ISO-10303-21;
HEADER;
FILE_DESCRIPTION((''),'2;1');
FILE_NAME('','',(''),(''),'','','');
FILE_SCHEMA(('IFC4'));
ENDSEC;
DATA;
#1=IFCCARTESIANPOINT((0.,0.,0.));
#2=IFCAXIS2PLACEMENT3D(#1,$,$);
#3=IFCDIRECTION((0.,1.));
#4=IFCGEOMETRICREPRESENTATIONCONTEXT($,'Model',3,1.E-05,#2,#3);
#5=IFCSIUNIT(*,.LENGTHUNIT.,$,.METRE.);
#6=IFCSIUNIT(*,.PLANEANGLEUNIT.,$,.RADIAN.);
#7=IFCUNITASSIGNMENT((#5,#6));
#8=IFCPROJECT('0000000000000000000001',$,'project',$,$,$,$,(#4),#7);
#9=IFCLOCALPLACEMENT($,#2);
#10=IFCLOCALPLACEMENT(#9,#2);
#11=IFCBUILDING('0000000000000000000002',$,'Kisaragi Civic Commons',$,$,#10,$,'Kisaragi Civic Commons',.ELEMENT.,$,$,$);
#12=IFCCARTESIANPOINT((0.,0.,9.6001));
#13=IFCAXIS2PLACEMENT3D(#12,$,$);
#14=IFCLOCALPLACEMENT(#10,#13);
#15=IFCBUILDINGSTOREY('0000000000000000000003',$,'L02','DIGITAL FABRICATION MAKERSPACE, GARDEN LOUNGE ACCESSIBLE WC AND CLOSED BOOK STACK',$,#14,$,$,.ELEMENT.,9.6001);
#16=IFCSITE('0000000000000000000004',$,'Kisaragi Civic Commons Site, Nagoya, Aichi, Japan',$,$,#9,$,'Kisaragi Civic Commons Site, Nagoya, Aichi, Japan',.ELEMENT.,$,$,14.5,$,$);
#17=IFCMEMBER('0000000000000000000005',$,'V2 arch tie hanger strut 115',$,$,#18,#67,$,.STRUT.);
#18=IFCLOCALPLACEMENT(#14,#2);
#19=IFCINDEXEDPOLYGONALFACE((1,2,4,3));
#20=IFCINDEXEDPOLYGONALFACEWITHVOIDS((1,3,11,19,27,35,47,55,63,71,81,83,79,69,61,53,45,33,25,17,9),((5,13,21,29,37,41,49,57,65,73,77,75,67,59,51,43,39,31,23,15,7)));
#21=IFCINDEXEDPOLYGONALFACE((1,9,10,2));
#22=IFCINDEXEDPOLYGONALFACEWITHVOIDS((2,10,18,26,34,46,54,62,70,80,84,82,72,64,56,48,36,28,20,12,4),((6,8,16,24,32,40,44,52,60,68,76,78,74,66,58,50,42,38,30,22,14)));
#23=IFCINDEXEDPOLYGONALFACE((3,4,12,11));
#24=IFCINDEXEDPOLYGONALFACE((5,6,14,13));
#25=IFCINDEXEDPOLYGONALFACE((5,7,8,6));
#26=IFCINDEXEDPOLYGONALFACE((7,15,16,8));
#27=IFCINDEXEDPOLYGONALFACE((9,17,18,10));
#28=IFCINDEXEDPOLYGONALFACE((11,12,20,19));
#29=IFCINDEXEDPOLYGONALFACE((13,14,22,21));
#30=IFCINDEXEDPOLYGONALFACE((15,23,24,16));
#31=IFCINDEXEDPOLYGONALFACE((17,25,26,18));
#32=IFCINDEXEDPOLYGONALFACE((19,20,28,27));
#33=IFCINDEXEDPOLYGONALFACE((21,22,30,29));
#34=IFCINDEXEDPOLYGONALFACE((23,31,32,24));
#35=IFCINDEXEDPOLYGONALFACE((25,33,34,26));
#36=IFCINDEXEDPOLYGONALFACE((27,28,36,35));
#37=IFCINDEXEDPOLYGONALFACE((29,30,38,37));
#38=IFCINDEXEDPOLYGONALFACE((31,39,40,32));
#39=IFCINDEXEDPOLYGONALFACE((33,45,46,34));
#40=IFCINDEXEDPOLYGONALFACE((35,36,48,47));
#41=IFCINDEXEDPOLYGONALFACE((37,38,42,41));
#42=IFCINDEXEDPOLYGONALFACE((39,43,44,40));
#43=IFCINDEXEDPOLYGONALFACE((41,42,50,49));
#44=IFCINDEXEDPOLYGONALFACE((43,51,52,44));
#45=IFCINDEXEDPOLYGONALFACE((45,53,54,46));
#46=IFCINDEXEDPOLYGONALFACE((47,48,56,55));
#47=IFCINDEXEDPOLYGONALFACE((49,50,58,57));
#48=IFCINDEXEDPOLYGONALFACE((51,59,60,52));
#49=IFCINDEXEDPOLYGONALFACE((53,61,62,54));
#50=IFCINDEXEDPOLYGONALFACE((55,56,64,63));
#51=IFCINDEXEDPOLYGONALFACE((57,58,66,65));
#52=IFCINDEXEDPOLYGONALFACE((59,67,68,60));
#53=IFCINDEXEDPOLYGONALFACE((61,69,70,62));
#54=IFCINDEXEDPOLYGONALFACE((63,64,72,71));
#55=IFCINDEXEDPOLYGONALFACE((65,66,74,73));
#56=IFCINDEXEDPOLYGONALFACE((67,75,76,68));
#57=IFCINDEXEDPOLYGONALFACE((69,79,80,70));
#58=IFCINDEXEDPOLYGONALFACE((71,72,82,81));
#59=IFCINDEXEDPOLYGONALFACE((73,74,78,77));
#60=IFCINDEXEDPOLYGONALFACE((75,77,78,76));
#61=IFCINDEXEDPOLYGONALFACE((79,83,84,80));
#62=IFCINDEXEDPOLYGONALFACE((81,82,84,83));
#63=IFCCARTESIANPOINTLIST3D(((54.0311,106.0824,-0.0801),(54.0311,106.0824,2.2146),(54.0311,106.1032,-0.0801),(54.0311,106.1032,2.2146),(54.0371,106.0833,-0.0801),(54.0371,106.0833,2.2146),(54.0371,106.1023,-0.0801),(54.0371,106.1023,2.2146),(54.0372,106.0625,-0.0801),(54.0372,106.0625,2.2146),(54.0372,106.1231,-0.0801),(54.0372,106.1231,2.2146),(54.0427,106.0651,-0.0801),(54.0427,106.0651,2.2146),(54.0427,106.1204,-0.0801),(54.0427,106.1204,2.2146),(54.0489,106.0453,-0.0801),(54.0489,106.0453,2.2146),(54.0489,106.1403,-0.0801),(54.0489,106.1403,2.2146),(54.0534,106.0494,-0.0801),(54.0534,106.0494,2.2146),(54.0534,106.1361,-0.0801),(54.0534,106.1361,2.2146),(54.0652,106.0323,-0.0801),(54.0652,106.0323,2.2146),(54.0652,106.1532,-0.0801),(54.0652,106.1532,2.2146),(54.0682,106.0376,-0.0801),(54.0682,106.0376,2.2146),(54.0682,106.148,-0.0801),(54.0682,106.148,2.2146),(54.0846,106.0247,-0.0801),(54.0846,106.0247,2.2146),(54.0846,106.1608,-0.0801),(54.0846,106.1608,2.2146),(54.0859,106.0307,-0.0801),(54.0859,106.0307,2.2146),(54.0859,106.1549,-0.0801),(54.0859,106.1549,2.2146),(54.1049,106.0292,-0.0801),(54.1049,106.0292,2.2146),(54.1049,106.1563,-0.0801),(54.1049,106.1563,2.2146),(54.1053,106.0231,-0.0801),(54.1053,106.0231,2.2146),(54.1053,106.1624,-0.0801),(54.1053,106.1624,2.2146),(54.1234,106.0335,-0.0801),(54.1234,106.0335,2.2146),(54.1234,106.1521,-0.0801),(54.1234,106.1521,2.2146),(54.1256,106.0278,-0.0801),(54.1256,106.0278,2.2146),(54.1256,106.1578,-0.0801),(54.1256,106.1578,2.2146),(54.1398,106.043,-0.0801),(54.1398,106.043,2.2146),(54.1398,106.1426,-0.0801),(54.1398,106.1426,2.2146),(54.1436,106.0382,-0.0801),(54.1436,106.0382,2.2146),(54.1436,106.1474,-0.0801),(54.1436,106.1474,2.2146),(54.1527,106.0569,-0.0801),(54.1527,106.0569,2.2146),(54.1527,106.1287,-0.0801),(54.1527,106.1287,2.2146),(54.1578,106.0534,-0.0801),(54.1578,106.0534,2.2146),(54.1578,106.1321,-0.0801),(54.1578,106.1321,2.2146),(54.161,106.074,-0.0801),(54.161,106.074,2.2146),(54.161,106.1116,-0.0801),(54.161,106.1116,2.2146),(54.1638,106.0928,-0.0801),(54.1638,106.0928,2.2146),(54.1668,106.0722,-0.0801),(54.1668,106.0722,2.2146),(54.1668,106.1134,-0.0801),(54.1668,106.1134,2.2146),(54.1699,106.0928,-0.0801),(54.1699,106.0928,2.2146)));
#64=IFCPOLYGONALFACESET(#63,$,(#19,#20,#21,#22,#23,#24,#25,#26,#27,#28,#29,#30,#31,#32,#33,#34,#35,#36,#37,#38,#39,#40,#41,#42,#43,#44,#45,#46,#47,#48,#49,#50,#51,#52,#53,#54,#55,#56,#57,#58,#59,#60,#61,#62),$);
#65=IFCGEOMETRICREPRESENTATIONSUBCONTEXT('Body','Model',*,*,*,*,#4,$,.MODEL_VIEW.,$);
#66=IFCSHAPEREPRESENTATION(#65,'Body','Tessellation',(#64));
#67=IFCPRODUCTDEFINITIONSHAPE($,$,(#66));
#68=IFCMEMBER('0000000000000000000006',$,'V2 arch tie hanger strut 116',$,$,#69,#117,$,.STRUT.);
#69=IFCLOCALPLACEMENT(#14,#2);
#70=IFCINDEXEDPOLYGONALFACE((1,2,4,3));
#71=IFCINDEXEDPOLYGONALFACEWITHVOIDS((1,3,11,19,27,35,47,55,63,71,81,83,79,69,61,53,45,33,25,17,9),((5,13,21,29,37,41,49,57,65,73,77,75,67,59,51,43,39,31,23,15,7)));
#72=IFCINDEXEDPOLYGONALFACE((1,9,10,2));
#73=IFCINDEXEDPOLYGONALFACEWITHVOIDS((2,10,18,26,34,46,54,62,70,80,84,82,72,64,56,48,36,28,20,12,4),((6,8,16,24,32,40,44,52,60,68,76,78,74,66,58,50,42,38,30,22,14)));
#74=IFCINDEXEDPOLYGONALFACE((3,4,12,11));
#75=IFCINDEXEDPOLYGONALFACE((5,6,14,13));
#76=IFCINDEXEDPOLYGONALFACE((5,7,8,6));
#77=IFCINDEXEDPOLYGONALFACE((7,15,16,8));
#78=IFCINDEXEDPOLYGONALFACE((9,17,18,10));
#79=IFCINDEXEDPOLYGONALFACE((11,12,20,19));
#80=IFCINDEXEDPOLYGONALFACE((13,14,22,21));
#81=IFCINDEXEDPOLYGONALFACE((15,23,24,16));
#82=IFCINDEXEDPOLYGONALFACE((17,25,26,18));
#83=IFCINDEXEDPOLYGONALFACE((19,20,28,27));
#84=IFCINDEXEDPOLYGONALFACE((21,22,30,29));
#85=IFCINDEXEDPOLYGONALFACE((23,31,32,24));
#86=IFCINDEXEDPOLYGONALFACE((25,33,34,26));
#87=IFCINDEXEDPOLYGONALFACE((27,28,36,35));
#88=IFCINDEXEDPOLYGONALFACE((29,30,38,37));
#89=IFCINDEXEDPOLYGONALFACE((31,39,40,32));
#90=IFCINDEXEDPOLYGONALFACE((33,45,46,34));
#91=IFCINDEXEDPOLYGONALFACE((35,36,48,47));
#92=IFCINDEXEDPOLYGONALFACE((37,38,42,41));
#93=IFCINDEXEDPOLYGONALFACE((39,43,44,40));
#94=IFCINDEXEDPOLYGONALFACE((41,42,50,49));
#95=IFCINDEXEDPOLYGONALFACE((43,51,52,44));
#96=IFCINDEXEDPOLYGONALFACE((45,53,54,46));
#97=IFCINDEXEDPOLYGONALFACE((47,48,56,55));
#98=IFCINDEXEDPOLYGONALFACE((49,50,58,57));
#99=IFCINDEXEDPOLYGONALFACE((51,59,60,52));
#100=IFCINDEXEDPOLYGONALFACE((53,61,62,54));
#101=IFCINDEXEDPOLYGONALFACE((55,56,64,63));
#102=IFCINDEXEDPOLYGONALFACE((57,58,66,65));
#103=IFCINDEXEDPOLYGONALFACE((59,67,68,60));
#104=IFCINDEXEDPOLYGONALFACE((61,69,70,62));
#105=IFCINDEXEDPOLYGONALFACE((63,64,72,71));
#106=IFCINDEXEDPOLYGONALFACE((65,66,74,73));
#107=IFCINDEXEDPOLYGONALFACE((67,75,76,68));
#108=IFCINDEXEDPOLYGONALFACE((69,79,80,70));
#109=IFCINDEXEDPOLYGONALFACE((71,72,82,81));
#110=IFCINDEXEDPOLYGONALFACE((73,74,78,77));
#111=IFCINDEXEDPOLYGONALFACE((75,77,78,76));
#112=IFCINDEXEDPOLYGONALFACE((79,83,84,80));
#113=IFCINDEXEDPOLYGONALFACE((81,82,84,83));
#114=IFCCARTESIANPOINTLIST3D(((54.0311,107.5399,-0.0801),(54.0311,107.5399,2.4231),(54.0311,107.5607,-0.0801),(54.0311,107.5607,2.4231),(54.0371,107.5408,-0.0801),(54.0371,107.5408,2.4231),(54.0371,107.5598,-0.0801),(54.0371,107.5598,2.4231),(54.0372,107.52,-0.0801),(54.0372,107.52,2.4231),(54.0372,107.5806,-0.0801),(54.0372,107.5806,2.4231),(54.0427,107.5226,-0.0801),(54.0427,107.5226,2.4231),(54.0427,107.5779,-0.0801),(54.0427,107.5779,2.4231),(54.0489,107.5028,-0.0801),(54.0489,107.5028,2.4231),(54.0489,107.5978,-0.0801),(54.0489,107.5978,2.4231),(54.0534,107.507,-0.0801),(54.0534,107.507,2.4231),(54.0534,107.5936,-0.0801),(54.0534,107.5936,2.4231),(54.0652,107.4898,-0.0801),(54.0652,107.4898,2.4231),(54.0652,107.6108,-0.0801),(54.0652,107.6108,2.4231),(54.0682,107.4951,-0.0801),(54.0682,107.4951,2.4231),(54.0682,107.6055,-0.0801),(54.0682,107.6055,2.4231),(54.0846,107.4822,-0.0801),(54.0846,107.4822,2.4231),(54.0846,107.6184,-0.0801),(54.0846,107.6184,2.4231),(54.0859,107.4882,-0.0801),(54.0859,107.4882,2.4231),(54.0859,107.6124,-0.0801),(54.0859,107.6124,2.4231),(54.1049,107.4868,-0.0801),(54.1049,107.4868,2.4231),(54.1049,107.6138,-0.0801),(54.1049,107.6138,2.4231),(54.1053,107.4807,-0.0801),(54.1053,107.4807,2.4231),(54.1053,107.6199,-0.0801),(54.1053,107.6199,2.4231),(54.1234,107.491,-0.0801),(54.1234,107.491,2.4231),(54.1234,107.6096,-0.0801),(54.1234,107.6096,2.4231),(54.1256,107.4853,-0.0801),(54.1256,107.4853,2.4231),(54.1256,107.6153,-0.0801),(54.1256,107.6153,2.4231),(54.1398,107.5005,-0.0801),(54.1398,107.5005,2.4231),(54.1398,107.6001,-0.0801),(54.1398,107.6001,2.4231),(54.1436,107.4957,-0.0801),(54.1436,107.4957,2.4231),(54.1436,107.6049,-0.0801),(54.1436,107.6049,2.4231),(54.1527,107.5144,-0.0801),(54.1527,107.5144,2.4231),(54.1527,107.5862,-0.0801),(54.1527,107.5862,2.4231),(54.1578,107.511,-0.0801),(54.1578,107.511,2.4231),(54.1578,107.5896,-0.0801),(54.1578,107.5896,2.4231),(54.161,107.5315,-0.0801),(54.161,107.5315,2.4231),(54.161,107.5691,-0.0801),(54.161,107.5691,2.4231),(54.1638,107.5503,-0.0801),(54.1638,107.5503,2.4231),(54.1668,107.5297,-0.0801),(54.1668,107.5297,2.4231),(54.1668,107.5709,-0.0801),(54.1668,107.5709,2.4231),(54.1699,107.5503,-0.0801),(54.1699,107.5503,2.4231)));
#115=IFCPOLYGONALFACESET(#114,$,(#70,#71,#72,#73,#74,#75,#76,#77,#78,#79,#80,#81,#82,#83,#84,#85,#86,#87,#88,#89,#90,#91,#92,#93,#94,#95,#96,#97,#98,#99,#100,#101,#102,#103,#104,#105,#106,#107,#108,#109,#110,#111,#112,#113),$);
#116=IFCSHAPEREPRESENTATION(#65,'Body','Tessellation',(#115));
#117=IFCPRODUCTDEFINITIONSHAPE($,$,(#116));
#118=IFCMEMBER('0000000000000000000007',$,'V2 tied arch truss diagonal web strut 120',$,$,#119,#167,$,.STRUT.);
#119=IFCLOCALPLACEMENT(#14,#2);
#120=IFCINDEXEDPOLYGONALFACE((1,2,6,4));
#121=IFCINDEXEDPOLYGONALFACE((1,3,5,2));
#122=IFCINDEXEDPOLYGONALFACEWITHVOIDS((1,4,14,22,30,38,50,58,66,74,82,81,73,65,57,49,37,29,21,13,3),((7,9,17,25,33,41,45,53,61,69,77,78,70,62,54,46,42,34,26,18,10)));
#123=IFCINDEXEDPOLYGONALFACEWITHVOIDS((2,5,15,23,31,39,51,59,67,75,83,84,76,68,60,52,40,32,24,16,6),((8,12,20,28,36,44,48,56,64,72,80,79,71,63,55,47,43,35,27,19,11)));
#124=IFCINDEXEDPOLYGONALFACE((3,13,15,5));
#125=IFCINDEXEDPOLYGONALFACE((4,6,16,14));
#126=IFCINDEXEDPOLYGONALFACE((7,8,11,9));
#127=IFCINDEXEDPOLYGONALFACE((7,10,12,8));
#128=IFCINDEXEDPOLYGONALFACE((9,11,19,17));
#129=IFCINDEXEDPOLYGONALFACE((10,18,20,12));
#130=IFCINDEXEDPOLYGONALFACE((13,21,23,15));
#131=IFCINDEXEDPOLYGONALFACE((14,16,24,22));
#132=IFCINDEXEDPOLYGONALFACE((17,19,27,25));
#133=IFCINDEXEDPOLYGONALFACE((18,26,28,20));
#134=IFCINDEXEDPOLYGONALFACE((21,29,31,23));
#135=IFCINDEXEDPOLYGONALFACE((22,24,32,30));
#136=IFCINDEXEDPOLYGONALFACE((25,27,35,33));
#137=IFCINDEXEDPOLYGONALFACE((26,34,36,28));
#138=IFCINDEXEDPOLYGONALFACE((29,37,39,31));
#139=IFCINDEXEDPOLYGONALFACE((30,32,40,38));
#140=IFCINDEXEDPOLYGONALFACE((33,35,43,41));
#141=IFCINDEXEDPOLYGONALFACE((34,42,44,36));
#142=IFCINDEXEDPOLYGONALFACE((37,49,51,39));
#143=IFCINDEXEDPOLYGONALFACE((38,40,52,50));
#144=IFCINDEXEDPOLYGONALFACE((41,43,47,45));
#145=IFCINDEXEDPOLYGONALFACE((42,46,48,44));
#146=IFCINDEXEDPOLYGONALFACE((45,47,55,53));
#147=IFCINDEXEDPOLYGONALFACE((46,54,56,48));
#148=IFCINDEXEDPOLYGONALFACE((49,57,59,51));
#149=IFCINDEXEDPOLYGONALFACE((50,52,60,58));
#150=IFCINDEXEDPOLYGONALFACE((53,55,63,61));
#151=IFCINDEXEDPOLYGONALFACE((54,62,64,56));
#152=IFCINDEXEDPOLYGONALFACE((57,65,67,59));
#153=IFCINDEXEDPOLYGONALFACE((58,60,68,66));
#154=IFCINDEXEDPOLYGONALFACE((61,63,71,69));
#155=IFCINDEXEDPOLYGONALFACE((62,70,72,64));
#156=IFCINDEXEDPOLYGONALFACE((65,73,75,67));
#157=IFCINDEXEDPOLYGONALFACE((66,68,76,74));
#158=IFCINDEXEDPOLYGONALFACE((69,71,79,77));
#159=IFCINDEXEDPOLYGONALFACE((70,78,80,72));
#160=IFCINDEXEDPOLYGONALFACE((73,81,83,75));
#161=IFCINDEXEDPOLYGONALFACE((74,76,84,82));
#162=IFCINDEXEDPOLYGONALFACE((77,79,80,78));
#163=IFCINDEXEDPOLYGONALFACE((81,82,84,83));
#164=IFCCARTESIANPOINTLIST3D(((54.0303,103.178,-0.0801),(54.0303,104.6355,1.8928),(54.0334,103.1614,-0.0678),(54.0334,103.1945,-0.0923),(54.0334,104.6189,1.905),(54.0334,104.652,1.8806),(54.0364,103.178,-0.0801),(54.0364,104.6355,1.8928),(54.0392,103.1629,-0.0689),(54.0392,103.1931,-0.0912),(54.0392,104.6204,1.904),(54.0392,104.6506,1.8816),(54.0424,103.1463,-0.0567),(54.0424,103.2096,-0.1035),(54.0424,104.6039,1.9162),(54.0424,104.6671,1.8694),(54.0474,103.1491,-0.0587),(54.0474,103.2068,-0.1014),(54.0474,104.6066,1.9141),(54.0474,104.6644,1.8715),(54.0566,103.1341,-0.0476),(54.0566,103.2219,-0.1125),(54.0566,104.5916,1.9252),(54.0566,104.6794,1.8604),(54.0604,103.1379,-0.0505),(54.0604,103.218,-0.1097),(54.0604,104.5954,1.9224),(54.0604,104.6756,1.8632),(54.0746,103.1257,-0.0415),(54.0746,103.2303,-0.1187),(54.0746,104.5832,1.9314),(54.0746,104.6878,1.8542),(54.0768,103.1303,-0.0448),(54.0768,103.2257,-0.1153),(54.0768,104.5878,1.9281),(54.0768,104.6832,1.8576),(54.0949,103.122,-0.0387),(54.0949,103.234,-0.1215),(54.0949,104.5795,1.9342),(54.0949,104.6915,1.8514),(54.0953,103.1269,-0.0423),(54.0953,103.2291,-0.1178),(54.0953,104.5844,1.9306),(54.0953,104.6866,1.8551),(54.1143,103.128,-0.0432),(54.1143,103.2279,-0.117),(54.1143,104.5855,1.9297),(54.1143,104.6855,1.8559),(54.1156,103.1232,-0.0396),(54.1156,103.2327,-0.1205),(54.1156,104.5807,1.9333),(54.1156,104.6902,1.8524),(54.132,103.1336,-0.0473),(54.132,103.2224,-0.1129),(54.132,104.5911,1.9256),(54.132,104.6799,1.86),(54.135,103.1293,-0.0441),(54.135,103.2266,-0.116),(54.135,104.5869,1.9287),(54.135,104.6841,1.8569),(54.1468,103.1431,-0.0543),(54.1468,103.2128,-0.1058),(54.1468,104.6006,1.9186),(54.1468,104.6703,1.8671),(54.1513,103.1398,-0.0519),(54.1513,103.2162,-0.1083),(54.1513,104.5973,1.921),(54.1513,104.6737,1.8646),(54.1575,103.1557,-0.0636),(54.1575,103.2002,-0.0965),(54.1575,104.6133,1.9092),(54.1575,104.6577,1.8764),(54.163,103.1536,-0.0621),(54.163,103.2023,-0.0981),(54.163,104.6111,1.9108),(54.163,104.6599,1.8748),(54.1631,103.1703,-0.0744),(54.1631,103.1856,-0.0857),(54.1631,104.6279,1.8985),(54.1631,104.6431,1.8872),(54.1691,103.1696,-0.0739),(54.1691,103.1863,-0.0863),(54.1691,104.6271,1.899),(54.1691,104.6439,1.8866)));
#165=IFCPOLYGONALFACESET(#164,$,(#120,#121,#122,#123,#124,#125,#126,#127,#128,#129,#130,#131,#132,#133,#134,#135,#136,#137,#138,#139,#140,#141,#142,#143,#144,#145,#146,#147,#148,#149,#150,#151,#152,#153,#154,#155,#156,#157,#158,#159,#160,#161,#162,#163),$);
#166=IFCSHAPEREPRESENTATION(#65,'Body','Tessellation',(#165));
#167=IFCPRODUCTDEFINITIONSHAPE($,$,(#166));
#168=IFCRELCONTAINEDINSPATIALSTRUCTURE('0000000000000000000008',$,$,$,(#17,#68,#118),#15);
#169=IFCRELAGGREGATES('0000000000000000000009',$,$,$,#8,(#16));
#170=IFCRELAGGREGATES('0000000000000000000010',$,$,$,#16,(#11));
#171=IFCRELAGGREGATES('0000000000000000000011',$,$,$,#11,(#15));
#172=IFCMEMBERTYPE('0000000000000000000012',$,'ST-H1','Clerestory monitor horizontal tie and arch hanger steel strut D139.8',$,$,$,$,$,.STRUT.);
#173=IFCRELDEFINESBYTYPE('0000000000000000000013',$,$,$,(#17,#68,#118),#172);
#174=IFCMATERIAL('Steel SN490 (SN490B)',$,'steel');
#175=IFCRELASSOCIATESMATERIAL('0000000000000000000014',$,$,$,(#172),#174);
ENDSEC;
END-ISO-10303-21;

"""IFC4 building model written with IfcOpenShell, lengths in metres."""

from ifc_helpers import new_model, si_unit, direction, frame, origin, origin_2d, place, context, subcontext, project, spatial, hollow_circle, extrude, material, material_profile, profile_set, type_object, element, save


model = new_model("IFC4")

# Units and contexts
model_context = context("Model", 3, precision=1e-05, world=origin(), true_north=direction((0.0, 1.0)))
body_context = subcontext(model_context, "Body", "Model", "MODEL_VIEW")
ifc_project = project(units=[si_unit("LENGTHUNIT", "METRE"), si_unit("PLANEANGLEUNIT", "RADIAN")], contexts=[model_context])

# Site, building, storey
site_placement = place(None, origin())
site = spatial("IfcSite", under=ifc_project, at=site_placement, Name="Kisaragi Civic Commons Site, Nagoya, Aichi, Japan", LongName="Kisaragi Civic Commons Site, Nagoya, Aichi, Japan", CompositionType="ELEMENT", RefElevation=14.5)
building_placement = place(site_placement, origin())
building = spatial("IfcBuilding", under=site, at=building_placement, Name="Kisaragi Civic Commons", LongName="Kisaragi Civic Commons", CompositionType="ELEMENT")
storey_placement = place(building_placement, frame((0.0, 0.0, 9.6001)))
storey = spatial("IfcBuildingStorey", under=building, at=storey_placement, Name="L02", Description="DIGITAL FABRICATION MAKERSPACE, GARDEN LOUNGE ACCESSIBLE WC AND CLOSED BOOK STACK", CompositionType="ELEMENT", Elevation=9.6001)

# Members
ifc_material_1 = material(Name="Steel SN490 (SN490B)", Category="steel")
ifc_material_profile_1 = material_profile(ifc_material_1, hollow_circle(Radius=0.0698, WallThickness=0.0061, at=origin_2d()), Name="CHS-139.8x6.0", Category="steel")
ifc_profile_set_1 = profile_set([ifc_material_profile_1], Name="Steel SN490 (SN490B)")
member_type_1 = type_object("IfcMemberType", Name="ST-H1", Description="Clerestory monitor horizontal tie and arch hanger steel strut D139.8", PredefinedType="STRUT", material=ifc_profile_set_1)
member_1_placement = place(storey_placement, frame((54.1001, 106.0928, -0.0801), z_axis=(0.0, 0.0, 1.0), x_axis=(1.0, 0.0, 0.0)))
element("IfcMember", 1, at=member_1_placement, inside=storey, type_object=member_type_1, Name="V2 arch tie hanger strut 115", PredefinedType="STRUT", context=body_context, shape_type="SweptSolid", body=[
    extrude(hollow_circle(Radius=0.0698, WallThickness=0.0061, at=origin_2d()), origin(), (0.0, 0.0, 1.0), 2.2947),
])
member_2_placement = place(storey_placement, frame((54.1001, 107.5503, -0.0801), z_axis=(0.0, 0.0, 1.0), x_axis=(1.0, 0.0, 0.0)))
element("IfcMember", 2, at=member_2_placement, inside=storey, type_object=member_type_1, Name="V2 arch tie hanger strut 116", PredefinedType="STRUT", context=body_context, shape_type="SweptSolid", body=[
    extrude(hollow_circle(Radius=0.0698, WallThickness=0.0061, at=origin_2d()), origin(), (0.0, 0.0, 1.0), 2.5032),
])
member_3_placement = place(storey_placement, frame((54.1001, 103.178, -0.0801), z_axis=(0.0, 0.594204, 0.804315), x_axis=(-1.0, 0.0, 0.0)))
element("IfcMember", 3, at=member_3_placement, inside=storey, type_object=member_type_1, Name="V2 tied arch truss diagonal web strut 120", PredefinedType="STRUT", context=body_context, shape_type="SweptSolid", body=[
    extrude(hollow_circle(Radius=0.0698, WallThickness=0.0061, at=origin_2d()), origin(), (0.0, 0.0, 1.0), 2.4529),
])

save(model, "model.ifc")
